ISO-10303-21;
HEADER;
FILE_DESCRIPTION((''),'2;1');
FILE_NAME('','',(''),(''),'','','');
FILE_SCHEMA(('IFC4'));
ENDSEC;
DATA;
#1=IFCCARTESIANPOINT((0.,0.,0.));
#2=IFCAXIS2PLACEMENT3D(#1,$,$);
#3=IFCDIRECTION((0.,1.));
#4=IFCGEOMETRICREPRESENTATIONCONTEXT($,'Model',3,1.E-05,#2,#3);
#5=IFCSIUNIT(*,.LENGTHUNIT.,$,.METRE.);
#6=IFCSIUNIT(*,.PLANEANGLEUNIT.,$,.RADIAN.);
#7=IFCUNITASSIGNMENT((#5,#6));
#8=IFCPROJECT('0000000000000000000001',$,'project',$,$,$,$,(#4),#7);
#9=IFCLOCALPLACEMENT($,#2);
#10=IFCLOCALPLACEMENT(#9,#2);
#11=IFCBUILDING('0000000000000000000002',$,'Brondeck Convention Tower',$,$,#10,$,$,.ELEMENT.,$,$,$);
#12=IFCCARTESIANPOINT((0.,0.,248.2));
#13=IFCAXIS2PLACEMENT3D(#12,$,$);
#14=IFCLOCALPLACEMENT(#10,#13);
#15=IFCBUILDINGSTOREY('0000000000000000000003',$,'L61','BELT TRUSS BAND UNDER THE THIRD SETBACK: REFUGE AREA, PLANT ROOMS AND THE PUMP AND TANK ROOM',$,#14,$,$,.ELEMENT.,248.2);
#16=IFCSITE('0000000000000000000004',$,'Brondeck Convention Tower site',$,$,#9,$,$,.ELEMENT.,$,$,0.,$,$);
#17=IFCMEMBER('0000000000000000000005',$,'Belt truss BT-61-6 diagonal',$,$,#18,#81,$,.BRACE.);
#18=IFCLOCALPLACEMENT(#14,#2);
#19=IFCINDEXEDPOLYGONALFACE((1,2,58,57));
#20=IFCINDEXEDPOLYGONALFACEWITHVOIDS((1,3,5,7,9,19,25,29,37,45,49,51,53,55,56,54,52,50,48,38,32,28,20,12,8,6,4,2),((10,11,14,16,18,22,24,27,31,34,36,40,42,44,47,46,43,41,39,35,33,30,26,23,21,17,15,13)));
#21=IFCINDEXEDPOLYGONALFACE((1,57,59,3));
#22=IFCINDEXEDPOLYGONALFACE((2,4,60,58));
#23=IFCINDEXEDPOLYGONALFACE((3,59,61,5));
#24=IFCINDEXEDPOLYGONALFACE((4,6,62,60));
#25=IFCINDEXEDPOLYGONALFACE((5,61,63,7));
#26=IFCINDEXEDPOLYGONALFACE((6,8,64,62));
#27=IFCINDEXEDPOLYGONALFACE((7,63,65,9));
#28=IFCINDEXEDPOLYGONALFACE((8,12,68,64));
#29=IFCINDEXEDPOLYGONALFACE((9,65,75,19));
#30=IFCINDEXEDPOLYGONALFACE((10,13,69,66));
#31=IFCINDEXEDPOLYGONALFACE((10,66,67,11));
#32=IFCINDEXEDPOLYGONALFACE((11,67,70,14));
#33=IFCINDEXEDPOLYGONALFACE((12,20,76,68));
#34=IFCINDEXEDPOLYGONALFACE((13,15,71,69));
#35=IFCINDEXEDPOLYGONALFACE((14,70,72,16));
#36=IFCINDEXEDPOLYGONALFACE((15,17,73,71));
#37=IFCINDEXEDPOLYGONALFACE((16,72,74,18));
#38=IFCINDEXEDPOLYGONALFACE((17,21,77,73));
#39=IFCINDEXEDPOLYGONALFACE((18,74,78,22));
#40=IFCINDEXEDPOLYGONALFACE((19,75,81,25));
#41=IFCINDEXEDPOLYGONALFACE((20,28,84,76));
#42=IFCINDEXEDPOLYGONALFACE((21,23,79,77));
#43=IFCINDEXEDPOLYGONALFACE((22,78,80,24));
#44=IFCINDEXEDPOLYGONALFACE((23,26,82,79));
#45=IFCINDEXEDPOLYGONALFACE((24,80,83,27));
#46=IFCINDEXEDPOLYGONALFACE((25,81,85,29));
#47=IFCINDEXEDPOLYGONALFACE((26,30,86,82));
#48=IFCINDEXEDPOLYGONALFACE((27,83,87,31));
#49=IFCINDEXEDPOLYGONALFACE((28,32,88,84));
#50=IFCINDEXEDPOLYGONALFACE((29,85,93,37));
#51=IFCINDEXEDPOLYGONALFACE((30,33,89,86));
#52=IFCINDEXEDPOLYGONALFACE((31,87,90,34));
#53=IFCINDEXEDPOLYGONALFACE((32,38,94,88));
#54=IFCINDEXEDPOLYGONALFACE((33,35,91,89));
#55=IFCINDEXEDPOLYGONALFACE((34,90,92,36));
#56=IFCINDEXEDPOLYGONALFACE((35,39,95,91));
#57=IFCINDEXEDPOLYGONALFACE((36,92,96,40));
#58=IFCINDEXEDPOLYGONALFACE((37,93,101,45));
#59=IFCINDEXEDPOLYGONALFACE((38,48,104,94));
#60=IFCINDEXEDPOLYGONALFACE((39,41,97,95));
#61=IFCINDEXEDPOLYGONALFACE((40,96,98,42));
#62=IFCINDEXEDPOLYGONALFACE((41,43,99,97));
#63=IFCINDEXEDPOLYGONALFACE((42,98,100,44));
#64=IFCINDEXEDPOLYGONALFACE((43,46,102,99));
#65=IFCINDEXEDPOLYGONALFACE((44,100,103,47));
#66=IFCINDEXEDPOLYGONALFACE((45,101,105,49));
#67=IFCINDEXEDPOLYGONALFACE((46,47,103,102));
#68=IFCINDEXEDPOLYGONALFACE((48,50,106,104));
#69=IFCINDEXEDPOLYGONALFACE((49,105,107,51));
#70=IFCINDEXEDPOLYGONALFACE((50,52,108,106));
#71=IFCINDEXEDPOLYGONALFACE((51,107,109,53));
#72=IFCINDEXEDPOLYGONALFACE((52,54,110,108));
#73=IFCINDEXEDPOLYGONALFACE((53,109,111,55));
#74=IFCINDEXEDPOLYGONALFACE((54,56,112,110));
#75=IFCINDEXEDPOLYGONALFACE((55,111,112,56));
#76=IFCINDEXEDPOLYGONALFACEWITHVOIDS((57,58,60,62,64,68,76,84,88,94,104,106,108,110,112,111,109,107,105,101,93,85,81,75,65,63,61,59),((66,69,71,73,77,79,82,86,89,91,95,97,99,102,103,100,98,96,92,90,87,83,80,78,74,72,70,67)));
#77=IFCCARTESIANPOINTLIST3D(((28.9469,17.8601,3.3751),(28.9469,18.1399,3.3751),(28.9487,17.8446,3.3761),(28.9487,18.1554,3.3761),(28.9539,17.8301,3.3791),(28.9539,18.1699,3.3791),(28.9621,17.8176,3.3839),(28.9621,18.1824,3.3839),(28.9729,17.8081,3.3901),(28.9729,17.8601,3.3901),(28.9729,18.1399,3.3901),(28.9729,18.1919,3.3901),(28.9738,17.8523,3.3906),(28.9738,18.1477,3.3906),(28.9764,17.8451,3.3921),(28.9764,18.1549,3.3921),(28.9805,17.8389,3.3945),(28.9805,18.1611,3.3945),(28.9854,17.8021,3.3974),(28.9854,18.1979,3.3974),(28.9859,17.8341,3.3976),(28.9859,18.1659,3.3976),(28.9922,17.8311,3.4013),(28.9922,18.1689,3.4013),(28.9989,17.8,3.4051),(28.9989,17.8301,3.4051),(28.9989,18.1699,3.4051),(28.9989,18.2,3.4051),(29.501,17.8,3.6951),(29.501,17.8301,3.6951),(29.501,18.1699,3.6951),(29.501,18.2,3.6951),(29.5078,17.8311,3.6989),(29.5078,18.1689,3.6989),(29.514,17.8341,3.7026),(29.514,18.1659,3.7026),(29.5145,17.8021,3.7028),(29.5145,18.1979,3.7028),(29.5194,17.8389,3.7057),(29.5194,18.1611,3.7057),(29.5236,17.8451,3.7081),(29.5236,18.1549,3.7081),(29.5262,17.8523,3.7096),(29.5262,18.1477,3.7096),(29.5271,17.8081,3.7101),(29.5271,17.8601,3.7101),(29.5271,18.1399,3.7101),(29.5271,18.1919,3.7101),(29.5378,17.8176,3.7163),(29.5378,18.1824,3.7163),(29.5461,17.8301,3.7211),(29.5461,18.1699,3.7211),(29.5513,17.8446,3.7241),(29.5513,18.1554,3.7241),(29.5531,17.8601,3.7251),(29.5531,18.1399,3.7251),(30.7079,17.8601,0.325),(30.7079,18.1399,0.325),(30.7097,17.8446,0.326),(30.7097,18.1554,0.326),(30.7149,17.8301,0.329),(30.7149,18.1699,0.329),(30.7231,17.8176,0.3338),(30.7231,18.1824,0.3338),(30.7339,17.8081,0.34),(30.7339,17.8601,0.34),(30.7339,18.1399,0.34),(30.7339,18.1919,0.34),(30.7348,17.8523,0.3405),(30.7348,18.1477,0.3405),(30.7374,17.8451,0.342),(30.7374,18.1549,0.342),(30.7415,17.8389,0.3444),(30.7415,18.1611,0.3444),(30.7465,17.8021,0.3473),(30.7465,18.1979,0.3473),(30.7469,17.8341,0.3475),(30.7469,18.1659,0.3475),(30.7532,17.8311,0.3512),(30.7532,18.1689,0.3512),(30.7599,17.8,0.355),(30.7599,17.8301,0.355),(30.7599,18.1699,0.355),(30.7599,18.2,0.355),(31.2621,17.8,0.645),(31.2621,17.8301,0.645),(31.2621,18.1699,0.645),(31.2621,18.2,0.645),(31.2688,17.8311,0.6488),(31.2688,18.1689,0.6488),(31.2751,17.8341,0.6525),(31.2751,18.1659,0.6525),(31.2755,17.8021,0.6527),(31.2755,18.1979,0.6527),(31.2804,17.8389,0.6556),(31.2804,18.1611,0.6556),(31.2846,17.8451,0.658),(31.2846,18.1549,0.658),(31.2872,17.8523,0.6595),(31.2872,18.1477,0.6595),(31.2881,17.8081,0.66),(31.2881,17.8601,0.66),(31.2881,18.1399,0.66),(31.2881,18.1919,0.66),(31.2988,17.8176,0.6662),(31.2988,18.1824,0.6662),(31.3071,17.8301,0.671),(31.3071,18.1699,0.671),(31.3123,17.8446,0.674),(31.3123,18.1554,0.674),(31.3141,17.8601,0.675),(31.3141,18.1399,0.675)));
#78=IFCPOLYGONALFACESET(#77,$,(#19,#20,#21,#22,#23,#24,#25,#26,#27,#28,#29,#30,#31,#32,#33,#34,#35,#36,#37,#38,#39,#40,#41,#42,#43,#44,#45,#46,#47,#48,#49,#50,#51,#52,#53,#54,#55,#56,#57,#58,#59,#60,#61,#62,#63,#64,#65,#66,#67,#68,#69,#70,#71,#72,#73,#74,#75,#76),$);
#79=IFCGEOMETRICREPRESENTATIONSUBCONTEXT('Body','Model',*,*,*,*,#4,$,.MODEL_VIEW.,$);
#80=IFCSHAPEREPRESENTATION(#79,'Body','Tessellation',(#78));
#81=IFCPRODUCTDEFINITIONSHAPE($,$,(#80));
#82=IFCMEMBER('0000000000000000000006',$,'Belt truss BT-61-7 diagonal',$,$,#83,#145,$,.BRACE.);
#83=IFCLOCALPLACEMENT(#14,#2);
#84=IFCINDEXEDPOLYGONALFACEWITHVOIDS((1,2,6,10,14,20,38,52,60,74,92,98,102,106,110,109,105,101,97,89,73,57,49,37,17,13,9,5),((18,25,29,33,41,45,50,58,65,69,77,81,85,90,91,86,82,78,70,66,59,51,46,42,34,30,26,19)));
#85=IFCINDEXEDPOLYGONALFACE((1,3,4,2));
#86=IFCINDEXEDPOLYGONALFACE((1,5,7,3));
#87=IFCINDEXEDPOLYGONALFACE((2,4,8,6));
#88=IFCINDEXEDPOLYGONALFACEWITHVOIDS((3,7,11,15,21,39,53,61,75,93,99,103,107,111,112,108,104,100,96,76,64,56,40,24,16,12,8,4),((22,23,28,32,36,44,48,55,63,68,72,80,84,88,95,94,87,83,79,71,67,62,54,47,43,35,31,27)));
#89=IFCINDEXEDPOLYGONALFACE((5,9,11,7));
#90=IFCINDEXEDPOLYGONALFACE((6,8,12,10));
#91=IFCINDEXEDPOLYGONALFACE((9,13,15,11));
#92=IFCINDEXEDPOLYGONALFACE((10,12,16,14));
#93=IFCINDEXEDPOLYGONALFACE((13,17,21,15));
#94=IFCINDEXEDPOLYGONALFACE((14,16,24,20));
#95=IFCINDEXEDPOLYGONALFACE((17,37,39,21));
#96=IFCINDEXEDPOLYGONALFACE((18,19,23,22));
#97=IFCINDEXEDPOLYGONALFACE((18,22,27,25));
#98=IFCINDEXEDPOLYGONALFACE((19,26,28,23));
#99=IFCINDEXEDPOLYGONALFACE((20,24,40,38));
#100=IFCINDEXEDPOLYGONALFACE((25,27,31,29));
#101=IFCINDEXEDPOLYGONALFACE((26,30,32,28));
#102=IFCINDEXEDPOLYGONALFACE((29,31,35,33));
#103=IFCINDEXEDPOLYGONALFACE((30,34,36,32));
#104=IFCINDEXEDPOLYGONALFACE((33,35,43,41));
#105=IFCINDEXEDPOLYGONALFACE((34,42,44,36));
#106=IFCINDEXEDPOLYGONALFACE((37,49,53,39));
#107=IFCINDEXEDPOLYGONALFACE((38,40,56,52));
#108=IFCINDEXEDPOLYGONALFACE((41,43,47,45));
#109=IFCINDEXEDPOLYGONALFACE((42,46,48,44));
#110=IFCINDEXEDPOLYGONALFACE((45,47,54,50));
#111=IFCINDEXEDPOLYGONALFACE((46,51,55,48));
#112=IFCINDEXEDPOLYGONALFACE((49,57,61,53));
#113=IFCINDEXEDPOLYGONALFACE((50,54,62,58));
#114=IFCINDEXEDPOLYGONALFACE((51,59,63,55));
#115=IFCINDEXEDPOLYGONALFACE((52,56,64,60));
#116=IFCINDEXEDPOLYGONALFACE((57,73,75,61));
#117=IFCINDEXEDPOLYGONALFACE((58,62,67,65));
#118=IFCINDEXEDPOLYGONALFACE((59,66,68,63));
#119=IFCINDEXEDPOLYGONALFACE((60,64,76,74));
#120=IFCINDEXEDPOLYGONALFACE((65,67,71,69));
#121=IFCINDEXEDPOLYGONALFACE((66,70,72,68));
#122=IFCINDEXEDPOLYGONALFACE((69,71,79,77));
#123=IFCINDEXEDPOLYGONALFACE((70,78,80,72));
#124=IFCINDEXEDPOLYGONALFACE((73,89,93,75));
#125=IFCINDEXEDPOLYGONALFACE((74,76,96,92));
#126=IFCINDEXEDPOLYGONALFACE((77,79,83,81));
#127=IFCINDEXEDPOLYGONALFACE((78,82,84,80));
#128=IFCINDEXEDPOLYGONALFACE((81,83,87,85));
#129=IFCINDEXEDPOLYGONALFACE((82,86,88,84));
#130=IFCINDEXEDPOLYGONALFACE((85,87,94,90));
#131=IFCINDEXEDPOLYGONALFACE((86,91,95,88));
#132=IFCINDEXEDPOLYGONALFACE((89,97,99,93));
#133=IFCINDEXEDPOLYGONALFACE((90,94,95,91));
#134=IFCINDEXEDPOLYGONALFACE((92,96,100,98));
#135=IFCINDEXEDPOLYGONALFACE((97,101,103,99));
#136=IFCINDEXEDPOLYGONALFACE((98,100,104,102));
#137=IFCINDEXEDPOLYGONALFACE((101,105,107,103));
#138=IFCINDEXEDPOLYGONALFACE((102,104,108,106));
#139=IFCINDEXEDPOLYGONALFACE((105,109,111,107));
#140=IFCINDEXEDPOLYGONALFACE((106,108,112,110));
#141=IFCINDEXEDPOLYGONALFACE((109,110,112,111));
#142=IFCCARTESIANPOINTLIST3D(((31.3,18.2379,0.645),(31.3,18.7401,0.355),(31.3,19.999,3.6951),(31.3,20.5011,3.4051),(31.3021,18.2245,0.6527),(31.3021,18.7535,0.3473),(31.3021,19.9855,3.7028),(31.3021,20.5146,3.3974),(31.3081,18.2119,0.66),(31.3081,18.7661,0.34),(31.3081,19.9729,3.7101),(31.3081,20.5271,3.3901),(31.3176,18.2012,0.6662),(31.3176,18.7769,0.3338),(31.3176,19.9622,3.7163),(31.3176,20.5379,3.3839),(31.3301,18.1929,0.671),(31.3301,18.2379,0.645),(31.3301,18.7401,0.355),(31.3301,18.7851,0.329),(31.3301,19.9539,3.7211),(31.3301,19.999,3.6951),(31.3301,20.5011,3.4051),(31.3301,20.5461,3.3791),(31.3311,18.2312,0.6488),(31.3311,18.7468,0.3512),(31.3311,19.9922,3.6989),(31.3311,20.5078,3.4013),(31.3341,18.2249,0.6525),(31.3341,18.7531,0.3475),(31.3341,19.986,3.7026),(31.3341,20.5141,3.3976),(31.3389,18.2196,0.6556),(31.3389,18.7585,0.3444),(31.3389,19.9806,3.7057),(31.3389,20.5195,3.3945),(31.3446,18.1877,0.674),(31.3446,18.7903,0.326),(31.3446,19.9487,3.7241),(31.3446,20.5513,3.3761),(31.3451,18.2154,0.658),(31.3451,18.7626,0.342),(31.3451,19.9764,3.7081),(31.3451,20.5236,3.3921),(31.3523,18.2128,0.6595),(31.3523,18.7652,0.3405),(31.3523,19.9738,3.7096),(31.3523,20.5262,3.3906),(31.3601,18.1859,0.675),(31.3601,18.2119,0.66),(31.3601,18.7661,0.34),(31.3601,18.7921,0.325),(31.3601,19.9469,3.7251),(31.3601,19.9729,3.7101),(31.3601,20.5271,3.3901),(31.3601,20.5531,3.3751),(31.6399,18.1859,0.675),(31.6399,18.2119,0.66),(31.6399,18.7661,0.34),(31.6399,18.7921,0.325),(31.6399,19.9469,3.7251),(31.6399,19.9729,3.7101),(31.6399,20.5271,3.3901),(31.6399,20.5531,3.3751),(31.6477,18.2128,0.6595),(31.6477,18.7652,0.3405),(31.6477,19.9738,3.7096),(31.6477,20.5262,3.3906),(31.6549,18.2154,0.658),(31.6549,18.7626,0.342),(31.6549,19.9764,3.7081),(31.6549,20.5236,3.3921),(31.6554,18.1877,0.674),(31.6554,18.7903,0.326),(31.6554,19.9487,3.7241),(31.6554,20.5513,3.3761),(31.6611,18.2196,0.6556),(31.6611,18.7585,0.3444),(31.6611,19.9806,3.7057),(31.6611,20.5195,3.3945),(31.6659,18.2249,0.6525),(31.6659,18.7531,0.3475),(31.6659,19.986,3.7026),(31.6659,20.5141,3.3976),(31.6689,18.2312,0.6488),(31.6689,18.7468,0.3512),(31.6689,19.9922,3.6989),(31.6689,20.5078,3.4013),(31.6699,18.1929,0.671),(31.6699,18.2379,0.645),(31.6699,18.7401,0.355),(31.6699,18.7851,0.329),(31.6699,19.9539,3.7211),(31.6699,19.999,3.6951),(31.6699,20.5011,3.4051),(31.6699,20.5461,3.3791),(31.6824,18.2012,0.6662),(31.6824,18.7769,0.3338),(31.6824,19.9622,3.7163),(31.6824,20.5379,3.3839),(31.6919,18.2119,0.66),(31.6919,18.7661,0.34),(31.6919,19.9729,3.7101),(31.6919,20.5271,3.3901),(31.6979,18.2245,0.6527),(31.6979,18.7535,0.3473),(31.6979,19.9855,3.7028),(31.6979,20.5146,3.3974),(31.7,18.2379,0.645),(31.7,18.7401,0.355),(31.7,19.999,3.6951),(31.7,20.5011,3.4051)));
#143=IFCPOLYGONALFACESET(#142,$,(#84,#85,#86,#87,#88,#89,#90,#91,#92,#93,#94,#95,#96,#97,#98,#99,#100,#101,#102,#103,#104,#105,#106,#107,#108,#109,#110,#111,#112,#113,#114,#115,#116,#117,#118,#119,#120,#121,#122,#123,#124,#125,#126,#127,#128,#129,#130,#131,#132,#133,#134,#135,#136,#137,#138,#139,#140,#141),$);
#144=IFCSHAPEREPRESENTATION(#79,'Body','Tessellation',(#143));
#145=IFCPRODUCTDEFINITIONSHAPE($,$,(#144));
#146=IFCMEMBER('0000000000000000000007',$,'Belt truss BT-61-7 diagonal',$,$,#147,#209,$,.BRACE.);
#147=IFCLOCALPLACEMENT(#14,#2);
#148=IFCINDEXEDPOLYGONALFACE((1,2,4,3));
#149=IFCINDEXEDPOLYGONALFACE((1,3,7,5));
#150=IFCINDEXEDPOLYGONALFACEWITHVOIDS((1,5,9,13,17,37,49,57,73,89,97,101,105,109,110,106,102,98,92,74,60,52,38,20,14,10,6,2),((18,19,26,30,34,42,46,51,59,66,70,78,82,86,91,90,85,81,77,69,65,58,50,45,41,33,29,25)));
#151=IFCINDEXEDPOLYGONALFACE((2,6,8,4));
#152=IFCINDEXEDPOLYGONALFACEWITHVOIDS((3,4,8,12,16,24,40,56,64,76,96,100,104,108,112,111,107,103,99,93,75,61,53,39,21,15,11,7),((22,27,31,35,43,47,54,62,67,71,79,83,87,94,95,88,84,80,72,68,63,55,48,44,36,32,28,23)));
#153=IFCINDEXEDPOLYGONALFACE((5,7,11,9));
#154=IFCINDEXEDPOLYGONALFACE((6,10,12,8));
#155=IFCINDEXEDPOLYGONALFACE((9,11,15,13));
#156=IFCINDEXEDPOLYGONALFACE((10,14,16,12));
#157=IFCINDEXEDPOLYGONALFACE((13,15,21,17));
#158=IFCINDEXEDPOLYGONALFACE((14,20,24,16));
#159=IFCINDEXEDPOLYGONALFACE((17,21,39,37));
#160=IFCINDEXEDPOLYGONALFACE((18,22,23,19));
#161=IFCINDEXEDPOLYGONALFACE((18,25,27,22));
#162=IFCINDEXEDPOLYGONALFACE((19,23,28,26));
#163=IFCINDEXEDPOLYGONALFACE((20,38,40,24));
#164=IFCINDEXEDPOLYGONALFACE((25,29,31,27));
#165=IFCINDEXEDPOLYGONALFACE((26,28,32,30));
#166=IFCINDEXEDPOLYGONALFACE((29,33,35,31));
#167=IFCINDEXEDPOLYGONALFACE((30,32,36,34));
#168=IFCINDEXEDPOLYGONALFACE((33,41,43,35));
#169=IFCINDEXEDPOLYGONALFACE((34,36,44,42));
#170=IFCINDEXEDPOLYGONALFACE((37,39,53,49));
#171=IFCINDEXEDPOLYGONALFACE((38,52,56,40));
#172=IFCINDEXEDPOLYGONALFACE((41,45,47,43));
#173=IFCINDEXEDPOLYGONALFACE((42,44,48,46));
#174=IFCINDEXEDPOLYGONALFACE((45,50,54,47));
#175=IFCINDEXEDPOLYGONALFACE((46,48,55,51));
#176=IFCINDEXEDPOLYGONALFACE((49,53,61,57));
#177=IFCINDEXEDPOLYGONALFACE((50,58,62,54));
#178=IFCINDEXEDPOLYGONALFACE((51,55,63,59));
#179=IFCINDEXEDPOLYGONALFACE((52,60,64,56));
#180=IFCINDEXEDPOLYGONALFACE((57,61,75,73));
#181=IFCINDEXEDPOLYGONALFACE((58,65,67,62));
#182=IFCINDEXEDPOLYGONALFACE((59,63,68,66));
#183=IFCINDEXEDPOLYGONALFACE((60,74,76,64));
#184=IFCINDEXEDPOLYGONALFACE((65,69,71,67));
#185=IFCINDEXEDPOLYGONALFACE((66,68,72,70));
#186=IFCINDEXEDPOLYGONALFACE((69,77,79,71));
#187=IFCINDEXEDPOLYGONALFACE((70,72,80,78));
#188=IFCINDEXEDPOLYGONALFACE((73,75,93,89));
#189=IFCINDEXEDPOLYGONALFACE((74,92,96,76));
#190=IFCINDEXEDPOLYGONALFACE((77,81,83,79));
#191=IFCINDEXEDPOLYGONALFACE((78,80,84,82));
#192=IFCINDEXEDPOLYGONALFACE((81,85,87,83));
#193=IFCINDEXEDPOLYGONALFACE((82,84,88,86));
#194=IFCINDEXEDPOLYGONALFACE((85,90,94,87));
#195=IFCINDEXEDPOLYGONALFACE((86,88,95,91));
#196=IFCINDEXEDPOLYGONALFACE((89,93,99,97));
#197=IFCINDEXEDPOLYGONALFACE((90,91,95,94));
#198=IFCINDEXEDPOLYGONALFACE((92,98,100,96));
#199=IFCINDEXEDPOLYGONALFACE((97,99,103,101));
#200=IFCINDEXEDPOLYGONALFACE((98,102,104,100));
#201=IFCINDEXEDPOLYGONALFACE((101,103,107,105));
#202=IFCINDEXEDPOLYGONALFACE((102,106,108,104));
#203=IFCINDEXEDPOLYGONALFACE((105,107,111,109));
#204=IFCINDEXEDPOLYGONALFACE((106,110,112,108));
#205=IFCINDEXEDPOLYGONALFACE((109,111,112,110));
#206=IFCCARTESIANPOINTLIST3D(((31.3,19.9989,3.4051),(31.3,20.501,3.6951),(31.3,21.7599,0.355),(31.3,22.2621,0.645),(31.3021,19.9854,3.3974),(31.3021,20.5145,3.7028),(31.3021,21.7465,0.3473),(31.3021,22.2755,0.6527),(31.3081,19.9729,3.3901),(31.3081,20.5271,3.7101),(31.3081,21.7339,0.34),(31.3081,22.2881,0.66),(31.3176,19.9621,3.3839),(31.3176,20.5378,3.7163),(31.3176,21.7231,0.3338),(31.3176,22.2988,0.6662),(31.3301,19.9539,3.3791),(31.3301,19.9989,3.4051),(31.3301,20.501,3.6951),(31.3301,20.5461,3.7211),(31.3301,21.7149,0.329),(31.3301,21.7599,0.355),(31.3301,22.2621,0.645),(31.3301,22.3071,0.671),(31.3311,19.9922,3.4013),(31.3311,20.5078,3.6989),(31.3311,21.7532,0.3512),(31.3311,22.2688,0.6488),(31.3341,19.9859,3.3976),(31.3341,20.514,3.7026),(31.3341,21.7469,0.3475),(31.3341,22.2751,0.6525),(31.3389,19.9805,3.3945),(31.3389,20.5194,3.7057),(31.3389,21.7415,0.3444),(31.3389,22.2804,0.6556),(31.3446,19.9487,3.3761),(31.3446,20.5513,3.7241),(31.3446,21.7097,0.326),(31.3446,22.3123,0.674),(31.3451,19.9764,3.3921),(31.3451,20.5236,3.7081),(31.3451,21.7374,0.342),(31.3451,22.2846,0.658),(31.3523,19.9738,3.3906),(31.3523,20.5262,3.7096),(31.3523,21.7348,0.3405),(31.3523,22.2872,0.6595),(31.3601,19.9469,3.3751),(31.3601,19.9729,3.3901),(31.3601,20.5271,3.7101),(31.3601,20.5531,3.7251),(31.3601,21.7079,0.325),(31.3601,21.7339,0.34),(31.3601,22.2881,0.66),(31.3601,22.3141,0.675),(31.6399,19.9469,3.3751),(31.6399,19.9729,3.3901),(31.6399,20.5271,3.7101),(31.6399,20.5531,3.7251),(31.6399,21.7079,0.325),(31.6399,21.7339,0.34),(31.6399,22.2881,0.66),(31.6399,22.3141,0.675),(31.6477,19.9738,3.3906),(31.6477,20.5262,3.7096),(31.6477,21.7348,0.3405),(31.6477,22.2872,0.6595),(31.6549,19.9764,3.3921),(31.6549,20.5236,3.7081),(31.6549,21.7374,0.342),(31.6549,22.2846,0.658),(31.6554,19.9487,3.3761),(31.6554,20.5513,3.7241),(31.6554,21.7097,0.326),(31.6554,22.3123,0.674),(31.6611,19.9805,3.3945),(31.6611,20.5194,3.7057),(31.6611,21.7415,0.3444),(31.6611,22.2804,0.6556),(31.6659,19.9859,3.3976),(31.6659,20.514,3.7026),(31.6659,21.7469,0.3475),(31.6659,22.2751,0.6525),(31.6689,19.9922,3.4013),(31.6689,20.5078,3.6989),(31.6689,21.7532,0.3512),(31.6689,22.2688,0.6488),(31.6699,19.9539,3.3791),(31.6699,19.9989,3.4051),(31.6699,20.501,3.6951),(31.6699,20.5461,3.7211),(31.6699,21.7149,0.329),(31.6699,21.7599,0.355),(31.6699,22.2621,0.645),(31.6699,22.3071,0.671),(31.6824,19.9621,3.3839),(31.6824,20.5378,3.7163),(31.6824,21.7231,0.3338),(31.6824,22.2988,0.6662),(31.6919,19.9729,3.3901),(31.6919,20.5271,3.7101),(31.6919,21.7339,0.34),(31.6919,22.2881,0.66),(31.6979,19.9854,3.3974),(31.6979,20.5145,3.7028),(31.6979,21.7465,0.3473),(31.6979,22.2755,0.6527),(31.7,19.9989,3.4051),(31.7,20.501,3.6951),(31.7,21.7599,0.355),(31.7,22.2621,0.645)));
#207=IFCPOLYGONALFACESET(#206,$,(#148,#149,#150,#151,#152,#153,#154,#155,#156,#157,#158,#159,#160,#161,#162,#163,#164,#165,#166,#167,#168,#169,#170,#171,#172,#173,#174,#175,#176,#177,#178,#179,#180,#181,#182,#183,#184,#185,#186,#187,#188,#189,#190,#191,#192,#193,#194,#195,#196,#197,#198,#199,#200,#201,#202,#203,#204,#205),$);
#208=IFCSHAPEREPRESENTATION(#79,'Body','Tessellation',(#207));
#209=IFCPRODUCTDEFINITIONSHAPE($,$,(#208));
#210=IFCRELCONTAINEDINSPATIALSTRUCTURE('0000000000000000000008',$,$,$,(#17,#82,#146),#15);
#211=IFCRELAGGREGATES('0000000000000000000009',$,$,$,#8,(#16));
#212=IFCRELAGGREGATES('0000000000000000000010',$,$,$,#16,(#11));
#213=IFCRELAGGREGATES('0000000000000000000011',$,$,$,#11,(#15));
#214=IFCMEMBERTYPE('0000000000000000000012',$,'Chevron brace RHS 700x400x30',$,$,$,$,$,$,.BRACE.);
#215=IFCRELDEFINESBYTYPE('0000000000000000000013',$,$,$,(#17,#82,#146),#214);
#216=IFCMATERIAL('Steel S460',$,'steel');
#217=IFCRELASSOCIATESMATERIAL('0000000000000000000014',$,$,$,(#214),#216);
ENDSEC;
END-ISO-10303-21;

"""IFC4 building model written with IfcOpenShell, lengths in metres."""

from ifc_helpers import new_model, si_unit, direction, frame, origin, origin_2d, place, context, subcontext, project, spatial, hollow_rectangle, extrude, material, material_profile, profile_set, type_object, element, save


model = new_model("IFC4")

# Units and contexts
model_context = context("Model", 3, precision=1e-05, world=origin(), true_north=direction((0.0, 1.0)))
body_context = subcontext(model_context, "Body", "Model", "MODEL_VIEW")
ifc_project = project(units=[si_unit("LENGTHUNIT", "METRE"), si_unit("PLANEANGLEUNIT", "RADIAN")], contexts=[model_context])

# Site, building, storey
site_placement = place(None, origin())
site = spatial("IfcSite", under=ifc_project, at=site_placement, Name="Brondeck Convention Tower site", CompositionType="ELEMENT", RefElevation=0.0)
building_placement = place(site_placement, origin())
building = spatial("IfcBuilding", under=site, at=building_placement, Name="Brondeck Convention Tower", CompositionType="ELEMENT")
storey_placement = place(building_placement, frame((0.0, 0.0, 248.2)))
storey = spatial("IfcBuildingStorey", under=building, at=storey_placement, Name="L61", Description="BELT TRUSS BAND UNDER THE THIRD SETBACK: REFUGE AREA, PLANT ROOMS AND THE PUMP AND TANK ROOM", CompositionType="ELEMENT", Elevation=248.2)

# Members
ifc_material_1 = material(Name="Steel S460", Category="steel")
ifc_material_profile_1 = material_profile(ifc_material_1, hollow_rectangle(XDim=0.3999, YDim=0.7, WallThickness=0.03, InnerFilletRadius=0.03, OuterFilletRadius=0.0601, at=origin_2d()), Name="RHS 700x400x30")
ifc_profile_set_1 = profile_set([ifc_material_profile_1], Name="Steel S460")
member_type_1 = type_object("IfcMemberType", Name="Chevron brace RHS 700x400x30", PredefinedType="BRACE", material=ifc_profile_set_1)
for number, where, z_axis, x_axis, name in (
    (1, (31.011, 18.0, 0.5), (-0.500008, 0.0, 0.866021), (0.0, -1.0, 0.0), "Belt truss BT-61-6 diagonal"),
    (2, (31.5, 18.489, 0.5), (0.0, 0.500008, 0.866021), (-1.0, 0.0, 0.0), "Belt truss BT-61-7 diagonal"),
    (3, (31.5, 22.011, 0.5), (0.0, -0.500008, 0.866021), (1.0, 0.0, 0.0), "Belt truss BT-61-7 diagonal"),
):
    element("IfcMember", number, at=place(storey_placement, frame(where, z_axis=z_axis, x_axis=x_axis)), inside=storey, type_object=member_type_1, Name=name, PredefinedType="BRACE", context=body_context, shape_type="SweptSolid", body=[
        extrude(hollow_rectangle(XDim=0.3999, YDim=0.7, WallThickness=0.03, InnerFilletRadius=0.03, OuterFilletRadius=0.0601, at=origin_2d()), origin(), (0.0, 0.0, 1.0), 3.522),
    ])

save(model, "model.ifc")
